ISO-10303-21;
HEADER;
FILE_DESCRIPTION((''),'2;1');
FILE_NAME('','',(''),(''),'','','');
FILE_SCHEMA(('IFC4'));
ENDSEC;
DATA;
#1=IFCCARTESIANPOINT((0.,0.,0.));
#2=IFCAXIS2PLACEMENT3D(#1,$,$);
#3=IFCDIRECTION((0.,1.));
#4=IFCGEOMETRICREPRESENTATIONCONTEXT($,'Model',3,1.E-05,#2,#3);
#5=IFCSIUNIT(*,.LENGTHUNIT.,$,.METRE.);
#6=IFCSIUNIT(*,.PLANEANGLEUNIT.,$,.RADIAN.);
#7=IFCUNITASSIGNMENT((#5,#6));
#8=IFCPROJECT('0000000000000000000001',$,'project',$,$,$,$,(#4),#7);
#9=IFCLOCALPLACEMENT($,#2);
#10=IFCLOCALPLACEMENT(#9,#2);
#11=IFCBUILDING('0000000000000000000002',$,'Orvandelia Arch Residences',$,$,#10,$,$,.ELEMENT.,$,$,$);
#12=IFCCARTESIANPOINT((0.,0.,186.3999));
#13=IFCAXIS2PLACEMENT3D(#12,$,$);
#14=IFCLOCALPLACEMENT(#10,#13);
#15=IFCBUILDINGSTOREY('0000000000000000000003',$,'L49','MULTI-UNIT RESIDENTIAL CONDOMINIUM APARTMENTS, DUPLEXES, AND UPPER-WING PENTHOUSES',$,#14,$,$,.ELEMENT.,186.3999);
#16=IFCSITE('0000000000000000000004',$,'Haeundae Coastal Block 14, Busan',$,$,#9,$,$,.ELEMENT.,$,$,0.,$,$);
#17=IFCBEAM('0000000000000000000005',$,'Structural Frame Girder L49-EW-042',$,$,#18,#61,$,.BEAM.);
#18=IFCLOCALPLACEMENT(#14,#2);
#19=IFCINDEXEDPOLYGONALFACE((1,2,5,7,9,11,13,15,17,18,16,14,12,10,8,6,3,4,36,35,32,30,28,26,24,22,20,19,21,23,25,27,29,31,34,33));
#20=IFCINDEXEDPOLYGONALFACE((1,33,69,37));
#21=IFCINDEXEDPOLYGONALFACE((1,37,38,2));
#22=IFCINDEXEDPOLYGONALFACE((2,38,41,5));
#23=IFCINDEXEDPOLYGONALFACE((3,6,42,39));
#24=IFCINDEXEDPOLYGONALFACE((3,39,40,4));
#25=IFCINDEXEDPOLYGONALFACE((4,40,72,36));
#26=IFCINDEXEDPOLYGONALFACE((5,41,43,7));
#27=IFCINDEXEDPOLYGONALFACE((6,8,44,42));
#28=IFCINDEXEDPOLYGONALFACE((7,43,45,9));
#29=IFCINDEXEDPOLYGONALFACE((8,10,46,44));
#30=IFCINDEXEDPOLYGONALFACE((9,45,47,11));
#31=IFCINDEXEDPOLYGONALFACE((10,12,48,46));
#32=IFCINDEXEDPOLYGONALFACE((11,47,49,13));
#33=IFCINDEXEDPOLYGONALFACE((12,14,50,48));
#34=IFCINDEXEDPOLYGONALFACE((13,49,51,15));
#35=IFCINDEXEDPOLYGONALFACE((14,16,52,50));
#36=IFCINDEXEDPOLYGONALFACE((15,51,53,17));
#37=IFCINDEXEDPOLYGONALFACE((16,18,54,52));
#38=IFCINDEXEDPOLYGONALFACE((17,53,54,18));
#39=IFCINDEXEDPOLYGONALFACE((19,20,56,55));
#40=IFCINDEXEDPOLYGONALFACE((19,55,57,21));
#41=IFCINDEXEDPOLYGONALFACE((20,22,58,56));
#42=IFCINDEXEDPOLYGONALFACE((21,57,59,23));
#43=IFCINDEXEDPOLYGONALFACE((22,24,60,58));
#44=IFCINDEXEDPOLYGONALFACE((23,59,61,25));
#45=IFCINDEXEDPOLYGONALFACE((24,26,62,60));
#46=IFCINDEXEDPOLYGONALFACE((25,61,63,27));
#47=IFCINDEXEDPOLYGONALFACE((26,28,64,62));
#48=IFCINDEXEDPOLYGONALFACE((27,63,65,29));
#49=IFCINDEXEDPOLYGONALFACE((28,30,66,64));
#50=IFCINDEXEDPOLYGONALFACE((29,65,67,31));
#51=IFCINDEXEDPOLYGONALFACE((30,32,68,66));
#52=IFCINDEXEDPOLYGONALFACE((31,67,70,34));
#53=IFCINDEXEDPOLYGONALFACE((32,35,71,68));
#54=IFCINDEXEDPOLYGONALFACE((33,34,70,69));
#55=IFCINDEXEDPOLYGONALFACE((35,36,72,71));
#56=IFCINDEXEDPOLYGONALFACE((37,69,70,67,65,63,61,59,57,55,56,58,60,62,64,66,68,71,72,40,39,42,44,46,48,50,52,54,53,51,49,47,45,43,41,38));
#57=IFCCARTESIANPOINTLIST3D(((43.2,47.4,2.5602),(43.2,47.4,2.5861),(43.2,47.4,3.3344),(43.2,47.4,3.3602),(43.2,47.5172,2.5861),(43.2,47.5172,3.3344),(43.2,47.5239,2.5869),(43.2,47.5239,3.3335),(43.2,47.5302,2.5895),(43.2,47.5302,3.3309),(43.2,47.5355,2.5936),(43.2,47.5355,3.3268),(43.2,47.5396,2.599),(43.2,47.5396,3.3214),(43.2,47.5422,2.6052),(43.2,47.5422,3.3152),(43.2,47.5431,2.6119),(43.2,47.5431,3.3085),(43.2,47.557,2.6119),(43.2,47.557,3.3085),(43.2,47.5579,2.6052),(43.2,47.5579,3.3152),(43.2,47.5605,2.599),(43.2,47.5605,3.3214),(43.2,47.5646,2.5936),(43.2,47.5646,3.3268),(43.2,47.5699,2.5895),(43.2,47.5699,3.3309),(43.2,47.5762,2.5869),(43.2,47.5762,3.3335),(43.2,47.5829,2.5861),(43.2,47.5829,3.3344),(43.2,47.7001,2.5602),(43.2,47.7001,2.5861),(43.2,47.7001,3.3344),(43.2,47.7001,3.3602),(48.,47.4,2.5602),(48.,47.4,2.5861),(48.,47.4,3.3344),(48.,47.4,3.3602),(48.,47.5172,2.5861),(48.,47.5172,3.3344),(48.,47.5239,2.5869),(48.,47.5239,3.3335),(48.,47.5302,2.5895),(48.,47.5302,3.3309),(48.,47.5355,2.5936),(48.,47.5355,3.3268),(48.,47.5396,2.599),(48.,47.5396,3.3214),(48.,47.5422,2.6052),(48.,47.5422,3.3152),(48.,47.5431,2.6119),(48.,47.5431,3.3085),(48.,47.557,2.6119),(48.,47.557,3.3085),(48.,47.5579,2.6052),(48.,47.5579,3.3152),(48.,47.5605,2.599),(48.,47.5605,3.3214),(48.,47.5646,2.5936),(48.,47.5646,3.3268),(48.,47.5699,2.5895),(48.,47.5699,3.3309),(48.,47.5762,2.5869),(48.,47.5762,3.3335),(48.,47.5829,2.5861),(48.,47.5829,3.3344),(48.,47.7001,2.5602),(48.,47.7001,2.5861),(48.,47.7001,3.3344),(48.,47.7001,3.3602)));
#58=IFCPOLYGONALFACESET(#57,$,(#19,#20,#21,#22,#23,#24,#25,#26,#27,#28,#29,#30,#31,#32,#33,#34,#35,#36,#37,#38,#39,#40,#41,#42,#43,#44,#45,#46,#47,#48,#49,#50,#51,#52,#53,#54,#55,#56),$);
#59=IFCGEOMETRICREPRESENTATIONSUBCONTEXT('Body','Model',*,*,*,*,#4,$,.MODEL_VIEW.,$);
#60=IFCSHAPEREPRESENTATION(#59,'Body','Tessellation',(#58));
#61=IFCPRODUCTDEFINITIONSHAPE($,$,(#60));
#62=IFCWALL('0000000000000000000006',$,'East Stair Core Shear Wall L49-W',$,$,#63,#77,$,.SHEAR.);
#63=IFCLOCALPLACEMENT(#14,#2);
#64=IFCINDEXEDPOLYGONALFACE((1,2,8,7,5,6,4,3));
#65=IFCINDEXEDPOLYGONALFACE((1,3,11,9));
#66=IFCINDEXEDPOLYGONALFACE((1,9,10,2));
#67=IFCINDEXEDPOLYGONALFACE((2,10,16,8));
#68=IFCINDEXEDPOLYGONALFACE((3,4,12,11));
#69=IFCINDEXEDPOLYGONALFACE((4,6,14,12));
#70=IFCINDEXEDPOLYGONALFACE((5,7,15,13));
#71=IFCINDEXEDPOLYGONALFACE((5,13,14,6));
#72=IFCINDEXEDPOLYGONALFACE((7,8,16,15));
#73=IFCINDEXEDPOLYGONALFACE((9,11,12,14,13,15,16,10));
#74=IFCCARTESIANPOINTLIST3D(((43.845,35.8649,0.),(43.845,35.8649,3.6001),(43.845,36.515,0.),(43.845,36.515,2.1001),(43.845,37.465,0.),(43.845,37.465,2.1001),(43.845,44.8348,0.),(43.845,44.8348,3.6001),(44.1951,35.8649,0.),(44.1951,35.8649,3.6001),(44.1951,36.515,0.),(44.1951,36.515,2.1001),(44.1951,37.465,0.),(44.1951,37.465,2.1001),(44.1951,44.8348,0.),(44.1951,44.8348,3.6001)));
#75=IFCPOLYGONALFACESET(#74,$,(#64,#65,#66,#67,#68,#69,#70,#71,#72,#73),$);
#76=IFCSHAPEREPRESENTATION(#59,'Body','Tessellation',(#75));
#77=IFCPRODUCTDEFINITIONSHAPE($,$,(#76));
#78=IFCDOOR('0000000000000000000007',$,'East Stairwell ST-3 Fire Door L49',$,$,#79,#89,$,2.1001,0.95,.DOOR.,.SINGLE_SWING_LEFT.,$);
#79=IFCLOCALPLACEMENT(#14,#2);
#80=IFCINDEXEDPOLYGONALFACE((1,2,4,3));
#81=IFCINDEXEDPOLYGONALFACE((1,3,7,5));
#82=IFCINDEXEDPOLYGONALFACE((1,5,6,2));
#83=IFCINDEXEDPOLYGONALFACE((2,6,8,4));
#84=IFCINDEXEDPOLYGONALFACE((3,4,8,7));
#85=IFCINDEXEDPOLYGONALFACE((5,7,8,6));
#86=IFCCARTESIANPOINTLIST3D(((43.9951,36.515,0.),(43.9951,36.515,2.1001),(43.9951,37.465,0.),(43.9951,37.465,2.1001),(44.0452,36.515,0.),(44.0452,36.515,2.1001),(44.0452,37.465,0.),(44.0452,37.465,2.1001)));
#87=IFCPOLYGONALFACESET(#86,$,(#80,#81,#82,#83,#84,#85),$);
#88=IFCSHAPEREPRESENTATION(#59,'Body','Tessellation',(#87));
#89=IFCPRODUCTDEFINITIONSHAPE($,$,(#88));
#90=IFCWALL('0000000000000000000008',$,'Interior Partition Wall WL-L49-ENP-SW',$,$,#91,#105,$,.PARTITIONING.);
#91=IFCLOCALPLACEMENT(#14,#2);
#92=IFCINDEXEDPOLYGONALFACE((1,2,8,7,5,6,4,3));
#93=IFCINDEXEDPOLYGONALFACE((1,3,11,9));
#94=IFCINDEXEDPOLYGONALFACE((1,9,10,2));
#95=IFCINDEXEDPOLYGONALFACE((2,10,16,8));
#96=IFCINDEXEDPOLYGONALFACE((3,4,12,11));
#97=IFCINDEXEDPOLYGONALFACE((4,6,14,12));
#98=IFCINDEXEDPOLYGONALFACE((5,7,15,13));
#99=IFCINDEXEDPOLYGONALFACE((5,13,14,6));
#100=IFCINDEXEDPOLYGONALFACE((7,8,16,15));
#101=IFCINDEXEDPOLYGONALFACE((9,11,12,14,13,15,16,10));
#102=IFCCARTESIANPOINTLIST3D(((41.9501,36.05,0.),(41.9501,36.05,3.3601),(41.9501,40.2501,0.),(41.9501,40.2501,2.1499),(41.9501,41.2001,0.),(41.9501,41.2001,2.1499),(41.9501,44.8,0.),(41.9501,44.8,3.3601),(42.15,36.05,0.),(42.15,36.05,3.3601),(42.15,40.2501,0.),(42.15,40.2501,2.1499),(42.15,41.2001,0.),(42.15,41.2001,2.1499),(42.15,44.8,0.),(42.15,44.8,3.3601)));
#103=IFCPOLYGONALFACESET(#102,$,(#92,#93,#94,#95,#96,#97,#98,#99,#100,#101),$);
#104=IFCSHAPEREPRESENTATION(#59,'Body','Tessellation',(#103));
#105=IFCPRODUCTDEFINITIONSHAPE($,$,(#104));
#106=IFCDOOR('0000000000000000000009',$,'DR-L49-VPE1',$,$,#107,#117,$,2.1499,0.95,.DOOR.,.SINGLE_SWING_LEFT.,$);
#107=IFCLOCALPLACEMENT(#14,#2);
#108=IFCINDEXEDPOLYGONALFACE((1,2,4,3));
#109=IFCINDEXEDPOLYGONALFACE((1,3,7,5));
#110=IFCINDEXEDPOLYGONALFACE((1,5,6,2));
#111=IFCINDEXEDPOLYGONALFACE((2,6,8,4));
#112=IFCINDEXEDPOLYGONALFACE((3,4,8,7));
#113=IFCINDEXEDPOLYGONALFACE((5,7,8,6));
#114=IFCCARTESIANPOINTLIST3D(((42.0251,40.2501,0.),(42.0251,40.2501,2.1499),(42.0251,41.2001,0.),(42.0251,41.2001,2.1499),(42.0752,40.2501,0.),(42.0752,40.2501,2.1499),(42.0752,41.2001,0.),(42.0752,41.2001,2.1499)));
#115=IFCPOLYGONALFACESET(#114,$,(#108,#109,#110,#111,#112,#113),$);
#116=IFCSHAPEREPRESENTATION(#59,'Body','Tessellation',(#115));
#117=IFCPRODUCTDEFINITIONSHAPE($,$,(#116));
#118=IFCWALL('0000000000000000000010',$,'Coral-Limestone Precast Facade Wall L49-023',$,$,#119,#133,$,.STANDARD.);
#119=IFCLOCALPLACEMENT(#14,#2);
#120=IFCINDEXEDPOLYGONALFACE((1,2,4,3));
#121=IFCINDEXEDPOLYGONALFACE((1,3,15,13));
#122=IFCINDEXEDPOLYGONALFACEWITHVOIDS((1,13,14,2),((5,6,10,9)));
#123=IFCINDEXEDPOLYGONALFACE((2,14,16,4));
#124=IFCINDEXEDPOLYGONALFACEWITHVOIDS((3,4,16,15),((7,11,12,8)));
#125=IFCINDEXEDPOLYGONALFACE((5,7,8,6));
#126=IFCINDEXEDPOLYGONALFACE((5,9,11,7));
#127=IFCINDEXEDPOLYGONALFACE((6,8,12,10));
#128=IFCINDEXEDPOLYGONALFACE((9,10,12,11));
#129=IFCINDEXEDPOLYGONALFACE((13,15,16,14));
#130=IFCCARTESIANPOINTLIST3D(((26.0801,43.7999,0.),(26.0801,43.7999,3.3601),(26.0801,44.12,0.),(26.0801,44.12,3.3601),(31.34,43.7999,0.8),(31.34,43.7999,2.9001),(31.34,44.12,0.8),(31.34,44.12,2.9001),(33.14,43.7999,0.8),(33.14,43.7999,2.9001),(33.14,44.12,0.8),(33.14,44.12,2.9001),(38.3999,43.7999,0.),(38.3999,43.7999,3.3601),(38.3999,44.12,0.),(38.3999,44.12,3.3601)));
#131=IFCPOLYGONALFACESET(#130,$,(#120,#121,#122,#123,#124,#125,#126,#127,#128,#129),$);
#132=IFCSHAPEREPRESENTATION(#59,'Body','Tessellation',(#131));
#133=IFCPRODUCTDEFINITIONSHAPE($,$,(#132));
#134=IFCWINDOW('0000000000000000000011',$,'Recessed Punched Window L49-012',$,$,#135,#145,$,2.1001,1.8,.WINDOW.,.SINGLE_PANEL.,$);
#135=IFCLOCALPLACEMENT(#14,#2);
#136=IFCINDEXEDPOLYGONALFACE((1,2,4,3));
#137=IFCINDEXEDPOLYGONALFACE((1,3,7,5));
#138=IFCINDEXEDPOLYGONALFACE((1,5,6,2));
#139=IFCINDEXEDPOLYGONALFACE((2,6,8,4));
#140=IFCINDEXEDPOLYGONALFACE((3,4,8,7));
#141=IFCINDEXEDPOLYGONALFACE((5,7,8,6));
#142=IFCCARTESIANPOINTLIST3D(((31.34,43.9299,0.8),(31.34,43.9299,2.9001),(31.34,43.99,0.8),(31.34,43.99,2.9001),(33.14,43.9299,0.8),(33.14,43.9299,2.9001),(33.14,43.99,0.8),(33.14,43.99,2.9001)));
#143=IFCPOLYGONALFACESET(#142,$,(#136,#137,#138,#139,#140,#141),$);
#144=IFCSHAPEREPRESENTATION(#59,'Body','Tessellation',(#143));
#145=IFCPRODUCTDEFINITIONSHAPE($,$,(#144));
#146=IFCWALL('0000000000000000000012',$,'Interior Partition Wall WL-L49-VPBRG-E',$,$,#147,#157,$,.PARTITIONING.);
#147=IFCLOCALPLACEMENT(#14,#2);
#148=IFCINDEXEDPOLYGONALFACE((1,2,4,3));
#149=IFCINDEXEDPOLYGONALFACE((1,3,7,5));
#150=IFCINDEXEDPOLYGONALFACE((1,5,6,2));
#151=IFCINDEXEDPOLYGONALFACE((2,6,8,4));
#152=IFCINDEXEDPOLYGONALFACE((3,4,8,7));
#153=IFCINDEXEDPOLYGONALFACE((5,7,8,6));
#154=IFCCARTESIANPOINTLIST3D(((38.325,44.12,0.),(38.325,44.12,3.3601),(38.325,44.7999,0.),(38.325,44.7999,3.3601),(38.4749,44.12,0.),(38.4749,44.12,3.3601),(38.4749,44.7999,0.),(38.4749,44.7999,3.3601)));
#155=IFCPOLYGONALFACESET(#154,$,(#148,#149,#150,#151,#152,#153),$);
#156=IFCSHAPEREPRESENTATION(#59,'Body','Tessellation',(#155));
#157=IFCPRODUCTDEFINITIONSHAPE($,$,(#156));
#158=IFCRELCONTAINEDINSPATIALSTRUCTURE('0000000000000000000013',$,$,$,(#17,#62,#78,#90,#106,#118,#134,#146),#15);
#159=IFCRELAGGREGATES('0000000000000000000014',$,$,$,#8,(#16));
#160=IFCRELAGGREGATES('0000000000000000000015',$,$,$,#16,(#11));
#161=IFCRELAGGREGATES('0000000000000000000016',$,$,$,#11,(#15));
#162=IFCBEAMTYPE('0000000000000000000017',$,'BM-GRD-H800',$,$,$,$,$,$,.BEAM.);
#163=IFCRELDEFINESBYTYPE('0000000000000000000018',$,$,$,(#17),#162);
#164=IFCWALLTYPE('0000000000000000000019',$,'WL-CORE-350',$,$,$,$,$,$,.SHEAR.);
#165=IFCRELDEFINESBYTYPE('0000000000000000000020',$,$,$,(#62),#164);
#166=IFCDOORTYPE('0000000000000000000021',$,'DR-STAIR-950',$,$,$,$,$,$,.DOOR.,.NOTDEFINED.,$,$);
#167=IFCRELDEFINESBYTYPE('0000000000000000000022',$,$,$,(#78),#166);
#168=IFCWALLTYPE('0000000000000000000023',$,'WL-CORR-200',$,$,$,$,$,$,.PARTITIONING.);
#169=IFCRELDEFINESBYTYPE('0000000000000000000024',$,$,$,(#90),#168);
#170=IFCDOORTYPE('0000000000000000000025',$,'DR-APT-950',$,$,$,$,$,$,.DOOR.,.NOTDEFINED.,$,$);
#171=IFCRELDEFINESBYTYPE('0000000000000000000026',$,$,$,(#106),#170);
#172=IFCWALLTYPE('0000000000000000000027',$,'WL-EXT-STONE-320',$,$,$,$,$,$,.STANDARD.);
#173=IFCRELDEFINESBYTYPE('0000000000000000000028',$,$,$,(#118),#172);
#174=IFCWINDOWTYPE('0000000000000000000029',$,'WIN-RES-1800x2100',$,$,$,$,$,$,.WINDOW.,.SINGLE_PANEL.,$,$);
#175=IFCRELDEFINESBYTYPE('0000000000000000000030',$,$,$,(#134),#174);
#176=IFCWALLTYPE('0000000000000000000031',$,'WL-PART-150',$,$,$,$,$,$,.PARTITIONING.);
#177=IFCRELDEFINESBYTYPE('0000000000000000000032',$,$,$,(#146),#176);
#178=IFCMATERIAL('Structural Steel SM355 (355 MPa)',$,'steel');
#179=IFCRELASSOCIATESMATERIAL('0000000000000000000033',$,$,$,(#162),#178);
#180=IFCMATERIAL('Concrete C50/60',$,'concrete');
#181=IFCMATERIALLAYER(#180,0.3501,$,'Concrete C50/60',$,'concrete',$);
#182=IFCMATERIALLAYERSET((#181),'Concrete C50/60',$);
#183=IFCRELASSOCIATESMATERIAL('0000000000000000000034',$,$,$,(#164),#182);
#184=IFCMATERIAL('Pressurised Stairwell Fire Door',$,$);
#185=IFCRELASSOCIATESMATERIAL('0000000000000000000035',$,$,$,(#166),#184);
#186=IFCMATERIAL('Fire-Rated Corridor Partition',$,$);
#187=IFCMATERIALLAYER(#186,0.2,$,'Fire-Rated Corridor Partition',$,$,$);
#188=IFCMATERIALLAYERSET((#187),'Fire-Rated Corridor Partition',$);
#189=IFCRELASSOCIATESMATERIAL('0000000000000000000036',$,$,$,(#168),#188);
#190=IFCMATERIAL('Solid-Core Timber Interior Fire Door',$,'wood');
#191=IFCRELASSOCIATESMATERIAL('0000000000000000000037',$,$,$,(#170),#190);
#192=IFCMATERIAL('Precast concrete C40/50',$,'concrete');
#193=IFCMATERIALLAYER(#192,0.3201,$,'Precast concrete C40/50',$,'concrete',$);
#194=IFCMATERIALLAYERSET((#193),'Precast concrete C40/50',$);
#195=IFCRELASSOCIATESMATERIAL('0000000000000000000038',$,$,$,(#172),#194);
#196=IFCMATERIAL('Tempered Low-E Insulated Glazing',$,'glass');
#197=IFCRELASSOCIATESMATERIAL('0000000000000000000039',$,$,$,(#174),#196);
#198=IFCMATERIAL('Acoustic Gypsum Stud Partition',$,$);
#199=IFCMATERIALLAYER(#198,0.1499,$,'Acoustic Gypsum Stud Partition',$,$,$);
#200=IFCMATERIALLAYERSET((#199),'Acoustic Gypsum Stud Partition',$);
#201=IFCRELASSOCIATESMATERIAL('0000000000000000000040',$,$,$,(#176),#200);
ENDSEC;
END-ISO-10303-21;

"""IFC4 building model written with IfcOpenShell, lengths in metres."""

from ifc_helpers import new_model, si_unit, direction, frame, frame_2d, origin, origin_2d, place, context, subcontext, project, spatial, rectangle, i_section, extrude, material, layer, layer_set, material_profile, profile_set, type_object, element, fill, save


model = new_model("IFC4")

# Units and contexts
model_context = context("Model", 3, precision=1e-05, world=origin(), true_north=direction((0.0, 1.0)))
body_context = subcontext(model_context, "Body", "Model", "MODEL_VIEW")
ifc_project = project(units=[si_unit("LENGTHUNIT", "METRE"), si_unit("PLANEANGLEUNIT", "RADIAN")], contexts=[model_context])

# Site, building, storey
site_placement = place(None, origin())
site = spatial("IfcSite", under=ifc_project, at=site_placement, Name="Haeundae Coastal Block 14, Busan", CompositionType="ELEMENT", RefElevation=0.0)
building_placement = place(site_placement, origin())
building = spatial("IfcBuilding", under=site, at=building_placement, Name="Orvandelia Arch Residences", CompositionType="ELEMENT")
storey_placement = place(building_placement, frame((0.0, 0.0, 186.3999)))
storey = spatial("IfcBuildingStorey", under=building, at=storey_placement, Name="L49", Description="MULTI-UNIT RESIDENTIAL CONDOMINIUM APARTMENTS, DUPLEXES, AND UPPER-WING PENTHOUSES", CompositionType="ELEMENT", Elevation=186.3999)

# Beam
ifc_material_1 = material(Name="Structural Steel SM355 (355 MPa)", Category="steel")
ifc_material_profile_1 = material_profile(ifc_material_1, i_section(OverallWidth=0.3, OverallDepth=0.8, WebThickness=0.0139, FlangeThickness=0.0259, FilletRadius=0.0259, at=origin_2d()), Name="Structural Steel SM355 (355 MPa)", Category="steel")
ifc_profile_set_1 = profile_set([ifc_material_profile_1], Name="Structural Steel SM355 (355 MPa)")
beam_type = type_object("IfcBeamType", Name="BM-GRD-H800", PredefinedType="BEAM", material=ifc_profile_set_1)
for number, where, z_axis, x_axis, name in (
    (1, (43.2, 47.55, 2.9602), (1.0, 0.0, 0.0), (0.0, 1.0, 0.0), "Structural Frame Girder L49-EW-042"),
):
    element("IfcBeam", number, at=place(storey_placement, frame(where, z_axis=z_axis, x_axis=x_axis)), inside=storey, type_object=beam_type, Name=name, PredefinedType="BEAM", context=body_context, shape_type="SweptSolid", body=[
        extrude(i_section(OverallWidth=0.3, OverallDepth=0.8, WebThickness=0.0139, FlangeThickness=0.0259, FilletRadius=0.0259, at=origin_2d()), origin(), (0.0, 0.0, 1.0), 4.8),
    ])

# Walls, openings, doors
ifc_material_2 = material(Name="Concrete C50/60", Category="concrete")
ifc_layer_1 = layer(ifc_material_2, 0.3501, Name="Concrete C50/60", Category="concrete")
ifc_layer_set_1 = layer_set([ifc_layer_1], Name="Concrete C50/60")
wall_type_1 = type_object("IfcWallType", Name="WL-CORE-350", PredefinedType="SHEAR", material=ifc_layer_set_1)
wall_1_placement = place(storey_placement, frame((44.02, 35.865, 0.0), z_axis=(0.0, 0.0, 1.0), x_axis=(0.0, 1.0, 0.0)))
wall_1 = element("IfcWall", 2, at=wall_1_placement, inside=storey, type_object=wall_type_1, Name="East Stair Core Shear Wall L49-W", PredefinedType="SHEAR", context=body_context, shape_type="SweptSolid", body=[
    extrude(rectangle(XDim=8.97, YDim=0.3501, at=frame_2d((4.4849, 0.0))), origin(), (0.0, 0.0, 1.0), 3.6001),
])
opening_1_placement = place(wall_1_placement, frame((0.6499, 0.0, 0.0)))
opening_1 = element("IfcOpeningElement", 3, at=opening_1_placement, cuts=wall_1, PredefinedType="OPENING", context=body_context, shape_type="SweptSolid", body=[
    extrude(rectangle(XDim=0.95, YDim=2.1001, at=frame_2d((0.4751, 1.05))), frame((0.0, 0.1851, 0.0), z_axis=(0.0, -1.0, 0.0), x_axis=(1.0, 0.0, 0.0)), (0.0, 0.0, 1.0), 0.3701),
])
ifc_material_3 = material(Name="Pressurised Stairwell Fire Door")
door_type_1 = type_object("IfcDoorType", Name="DR-STAIR-950", OperationType="NOTDEFINED", PredefinedType="DOOR", material=ifc_material_3)
door_1_placement = place(opening_1_placement, origin())
door_1 = element("IfcDoor", 4, at=door_1_placement, inside=storey, type_object=door_type_1, Name="East Stairwell ST-3 Fire Door L49", OperationType="SINGLE_SWING_LEFT", OverallHeight=2.1001, OverallWidth=0.95, PredefinedType="DOOR", context=body_context, shape_type="SweptSolid", body=[
    extrude(rectangle(XDim=0.95, YDim=2.1001, at=frame_2d((0.4751, 1.05))), frame((0.0, 0.0249, 0.0), z_axis=(0.0, -1.0, 0.0), x_axis=(1.0, 0.0, 0.0)), (0.0, 0.0, 1.0), 0.05),
])
fill(opening_1, door_1)
ifc_material_4 = material(Name="Fire-Rated Corridor Partition")
ifc_layer_2 = layer(ifc_material_4, 0.2, Name="Fire-Rated Corridor Partition")
ifc_layer_set_2 = layer_set([ifc_layer_2], Name="Fire-Rated Corridor Partition")
wall_type_2 = type_object("IfcWallType", Name="WL-CORR-200", PredefinedType="PARTITIONING", material=ifc_layer_set_2)
wall_2_placement = place(storey_placement, frame((42.05, 36.05, 0.0), z_axis=(0.0, 0.0, 1.0), x_axis=(0.0, 1.0, 0.0)))
wall_2 = element("IfcWall", 5, at=wall_2_placement, inside=storey, type_object=wall_type_2, Name="Interior Partition Wall WL-L49-ENP-SW", PredefinedType="PARTITIONING", context=body_context, shape_type="SweptSolid", body=[
    extrude(rectangle(XDim=8.75, YDim=0.2, at=frame_2d((4.375, 0.0))), origin(), (0.0, 0.0, 1.0), 3.3601),
])
opening_2_placement = place(wall_2_placement, frame((4.2, 0.0, 0.0)))
opening_2 = element("IfcOpeningElement", 6, at=opening_2_placement, cuts=wall_2, PredefinedType="OPENING", context=body_context, shape_type="SweptSolid", body=[
    extrude(rectangle(XDim=0.95, YDim=2.1499, at=frame_2d((0.4751, 1.075))), frame((0.0, 0.1099, 0.0), z_axis=(0.0, -1.0, 0.0), x_axis=(1.0, 0.0, 0.0)), (0.0, 0.0, 1.0), 0.22),
])
ifc_material_5 = material(Name="Solid-Core Timber Interior Fire Door", Category="wood")
door_type_2 = type_object("IfcDoorType", Name="DR-APT-950", OperationType="NOTDEFINED", PredefinedType="DOOR", material=ifc_material_5)
door_2_placement = place(opening_2_placement, origin())
door_2 = element("IfcDoor", 7, at=door_2_placement, inside=storey, type_object=door_type_2, Name="DR-L49-VPE1", OperationType="SINGLE_SWING_LEFT", OverallHeight=2.1499, OverallWidth=0.95, PredefinedType="DOOR", context=body_context, shape_type="SweptSolid", body=[
    extrude(rectangle(XDim=0.95, YDim=2.1499, at=frame_2d((0.4751, 1.075))), frame((0.0, 0.0249, 0.0), z_axis=(0.0, -1.0, 0.0), x_axis=(1.0, 0.0, 0.0)), (0.0, 0.0, 1.0), 0.05),
])
fill(opening_2, door_2)

# Wall, opening, window
ifc_material_6 = material(Name="Precast concrete C40/50", Category="concrete")
ifc_layer_3 = layer(ifc_material_6, 0.3201, Name="Precast concrete C40/50", Category="concrete")
ifc_layer_set_3 = layer_set([ifc_layer_3], Name="Precast concrete C40/50")
wall_type_3 = type_object("IfcWallType", Name="WL-EXT-STONE-320", PredefinedType="STANDARD", material=ifc_layer_set_3)
wall_3_placement = place(storey_placement, frame((38.3999, 43.96, 0.0), z_axis=(0.0, 0.0, 1.0), x_axis=(-1.0, 0.0, 0.0)))
wall_3 = element("IfcWall", 8, at=wall_3_placement, inside=storey, type_object=wall_type_3, Name="Coral-Limestone Precast Facade Wall L49-023", PredefinedType="STANDARD", context=body_context, shape_type="SweptSolid", body=[
    extrude(rectangle(XDim=12.3198, YDim=0.3201, at=frame_2d((6.1599, 0.0))), origin(), (0.0, 0.0, 1.0), 3.3601),
])
opening_3_placement = place(wall_3_placement, frame((5.26, 0.0, 0.8)))
opening_3 = element("IfcOpeningElement", 9, at=opening_3_placement, cuts=wall_3, PredefinedType="OPENING", context=body_context, shape_type="SweptSolid", body=[
    extrude(rectangle(XDim=1.8, YDim=2.1001, at=frame_2d((0.8999, 1.05))), frame((0.0, 0.1699, 0.0), z_axis=(0.0, -1.0, 0.0), x_axis=(1.0, 0.0, 0.0)), (0.0, 0.0, 1.0), 0.3401),
])
ifc_material_7 = material(Name="Tempered Low-E Insulated Glazing", Category="glass")
window_type = type_object("IfcWindowType", Name="WIN-RES-1800x2100", PartitioningType="SINGLE_PANEL", PredefinedType="WINDOW", material=ifc_material_7)
window_placement = place(opening_3_placement, origin())
window = element("IfcWindow", 10, at=window_placement, inside=storey, type_object=window_type, Name="Recessed Punched Window L49-012", OverallHeight=2.1001, OverallWidth=1.8, PartitioningType="SINGLE_PANEL", PredefinedType="WINDOW", context=body_context, shape_type="SweptSolid", body=[
    extrude(rectangle(XDim=1.8, YDim=2.1001, at=frame_2d((0.8999, 1.05))), frame((0.0, 0.03, 0.0), z_axis=(0.0, -1.0, 0.0), x_axis=(1.0, 0.0, 0.0)), (0.0, 0.0, 1.0), 0.0601),
])
fill(opening_3, window)

# Wall
ifc_material_8 = material(Name="Acoustic Gypsum Stud Partition")
ifc_layer_4 = layer(ifc_material_8, 0.1499, Name="Acoustic Gypsum Stud Partition")
ifc_layer_set_4 = layer_set([ifc_layer_4], Name="Acoustic Gypsum Stud Partition")
wall_type_4 = type_object("IfcWallType", Name="WL-PART-150", PredefinedType="PARTITIONING", material=ifc_layer_set_4)
wall_4_placement = place(storey_placement, frame((38.3999, 44.1201, 0.0), z_axis=(0.0, 0.0, 1.0), x_axis=(0.0, 1.0, 0.0)))
element("IfcWall", 11, at=wall_4_placement, inside=storey, type_object=wall_type_4, Name="Interior Partition Wall WL-L49-VPBRG-E", PredefinedType="PARTITIONING", context=body_context, shape_type="SweptSolid", body=[
    extrude(rectangle(XDim=0.6799, YDim=0.1499, at=frame_2d((0.3398, 0.0))), origin(), (0.0, 0.0, 1.0), 3.3601),
])

save(model, "model.ifc")
